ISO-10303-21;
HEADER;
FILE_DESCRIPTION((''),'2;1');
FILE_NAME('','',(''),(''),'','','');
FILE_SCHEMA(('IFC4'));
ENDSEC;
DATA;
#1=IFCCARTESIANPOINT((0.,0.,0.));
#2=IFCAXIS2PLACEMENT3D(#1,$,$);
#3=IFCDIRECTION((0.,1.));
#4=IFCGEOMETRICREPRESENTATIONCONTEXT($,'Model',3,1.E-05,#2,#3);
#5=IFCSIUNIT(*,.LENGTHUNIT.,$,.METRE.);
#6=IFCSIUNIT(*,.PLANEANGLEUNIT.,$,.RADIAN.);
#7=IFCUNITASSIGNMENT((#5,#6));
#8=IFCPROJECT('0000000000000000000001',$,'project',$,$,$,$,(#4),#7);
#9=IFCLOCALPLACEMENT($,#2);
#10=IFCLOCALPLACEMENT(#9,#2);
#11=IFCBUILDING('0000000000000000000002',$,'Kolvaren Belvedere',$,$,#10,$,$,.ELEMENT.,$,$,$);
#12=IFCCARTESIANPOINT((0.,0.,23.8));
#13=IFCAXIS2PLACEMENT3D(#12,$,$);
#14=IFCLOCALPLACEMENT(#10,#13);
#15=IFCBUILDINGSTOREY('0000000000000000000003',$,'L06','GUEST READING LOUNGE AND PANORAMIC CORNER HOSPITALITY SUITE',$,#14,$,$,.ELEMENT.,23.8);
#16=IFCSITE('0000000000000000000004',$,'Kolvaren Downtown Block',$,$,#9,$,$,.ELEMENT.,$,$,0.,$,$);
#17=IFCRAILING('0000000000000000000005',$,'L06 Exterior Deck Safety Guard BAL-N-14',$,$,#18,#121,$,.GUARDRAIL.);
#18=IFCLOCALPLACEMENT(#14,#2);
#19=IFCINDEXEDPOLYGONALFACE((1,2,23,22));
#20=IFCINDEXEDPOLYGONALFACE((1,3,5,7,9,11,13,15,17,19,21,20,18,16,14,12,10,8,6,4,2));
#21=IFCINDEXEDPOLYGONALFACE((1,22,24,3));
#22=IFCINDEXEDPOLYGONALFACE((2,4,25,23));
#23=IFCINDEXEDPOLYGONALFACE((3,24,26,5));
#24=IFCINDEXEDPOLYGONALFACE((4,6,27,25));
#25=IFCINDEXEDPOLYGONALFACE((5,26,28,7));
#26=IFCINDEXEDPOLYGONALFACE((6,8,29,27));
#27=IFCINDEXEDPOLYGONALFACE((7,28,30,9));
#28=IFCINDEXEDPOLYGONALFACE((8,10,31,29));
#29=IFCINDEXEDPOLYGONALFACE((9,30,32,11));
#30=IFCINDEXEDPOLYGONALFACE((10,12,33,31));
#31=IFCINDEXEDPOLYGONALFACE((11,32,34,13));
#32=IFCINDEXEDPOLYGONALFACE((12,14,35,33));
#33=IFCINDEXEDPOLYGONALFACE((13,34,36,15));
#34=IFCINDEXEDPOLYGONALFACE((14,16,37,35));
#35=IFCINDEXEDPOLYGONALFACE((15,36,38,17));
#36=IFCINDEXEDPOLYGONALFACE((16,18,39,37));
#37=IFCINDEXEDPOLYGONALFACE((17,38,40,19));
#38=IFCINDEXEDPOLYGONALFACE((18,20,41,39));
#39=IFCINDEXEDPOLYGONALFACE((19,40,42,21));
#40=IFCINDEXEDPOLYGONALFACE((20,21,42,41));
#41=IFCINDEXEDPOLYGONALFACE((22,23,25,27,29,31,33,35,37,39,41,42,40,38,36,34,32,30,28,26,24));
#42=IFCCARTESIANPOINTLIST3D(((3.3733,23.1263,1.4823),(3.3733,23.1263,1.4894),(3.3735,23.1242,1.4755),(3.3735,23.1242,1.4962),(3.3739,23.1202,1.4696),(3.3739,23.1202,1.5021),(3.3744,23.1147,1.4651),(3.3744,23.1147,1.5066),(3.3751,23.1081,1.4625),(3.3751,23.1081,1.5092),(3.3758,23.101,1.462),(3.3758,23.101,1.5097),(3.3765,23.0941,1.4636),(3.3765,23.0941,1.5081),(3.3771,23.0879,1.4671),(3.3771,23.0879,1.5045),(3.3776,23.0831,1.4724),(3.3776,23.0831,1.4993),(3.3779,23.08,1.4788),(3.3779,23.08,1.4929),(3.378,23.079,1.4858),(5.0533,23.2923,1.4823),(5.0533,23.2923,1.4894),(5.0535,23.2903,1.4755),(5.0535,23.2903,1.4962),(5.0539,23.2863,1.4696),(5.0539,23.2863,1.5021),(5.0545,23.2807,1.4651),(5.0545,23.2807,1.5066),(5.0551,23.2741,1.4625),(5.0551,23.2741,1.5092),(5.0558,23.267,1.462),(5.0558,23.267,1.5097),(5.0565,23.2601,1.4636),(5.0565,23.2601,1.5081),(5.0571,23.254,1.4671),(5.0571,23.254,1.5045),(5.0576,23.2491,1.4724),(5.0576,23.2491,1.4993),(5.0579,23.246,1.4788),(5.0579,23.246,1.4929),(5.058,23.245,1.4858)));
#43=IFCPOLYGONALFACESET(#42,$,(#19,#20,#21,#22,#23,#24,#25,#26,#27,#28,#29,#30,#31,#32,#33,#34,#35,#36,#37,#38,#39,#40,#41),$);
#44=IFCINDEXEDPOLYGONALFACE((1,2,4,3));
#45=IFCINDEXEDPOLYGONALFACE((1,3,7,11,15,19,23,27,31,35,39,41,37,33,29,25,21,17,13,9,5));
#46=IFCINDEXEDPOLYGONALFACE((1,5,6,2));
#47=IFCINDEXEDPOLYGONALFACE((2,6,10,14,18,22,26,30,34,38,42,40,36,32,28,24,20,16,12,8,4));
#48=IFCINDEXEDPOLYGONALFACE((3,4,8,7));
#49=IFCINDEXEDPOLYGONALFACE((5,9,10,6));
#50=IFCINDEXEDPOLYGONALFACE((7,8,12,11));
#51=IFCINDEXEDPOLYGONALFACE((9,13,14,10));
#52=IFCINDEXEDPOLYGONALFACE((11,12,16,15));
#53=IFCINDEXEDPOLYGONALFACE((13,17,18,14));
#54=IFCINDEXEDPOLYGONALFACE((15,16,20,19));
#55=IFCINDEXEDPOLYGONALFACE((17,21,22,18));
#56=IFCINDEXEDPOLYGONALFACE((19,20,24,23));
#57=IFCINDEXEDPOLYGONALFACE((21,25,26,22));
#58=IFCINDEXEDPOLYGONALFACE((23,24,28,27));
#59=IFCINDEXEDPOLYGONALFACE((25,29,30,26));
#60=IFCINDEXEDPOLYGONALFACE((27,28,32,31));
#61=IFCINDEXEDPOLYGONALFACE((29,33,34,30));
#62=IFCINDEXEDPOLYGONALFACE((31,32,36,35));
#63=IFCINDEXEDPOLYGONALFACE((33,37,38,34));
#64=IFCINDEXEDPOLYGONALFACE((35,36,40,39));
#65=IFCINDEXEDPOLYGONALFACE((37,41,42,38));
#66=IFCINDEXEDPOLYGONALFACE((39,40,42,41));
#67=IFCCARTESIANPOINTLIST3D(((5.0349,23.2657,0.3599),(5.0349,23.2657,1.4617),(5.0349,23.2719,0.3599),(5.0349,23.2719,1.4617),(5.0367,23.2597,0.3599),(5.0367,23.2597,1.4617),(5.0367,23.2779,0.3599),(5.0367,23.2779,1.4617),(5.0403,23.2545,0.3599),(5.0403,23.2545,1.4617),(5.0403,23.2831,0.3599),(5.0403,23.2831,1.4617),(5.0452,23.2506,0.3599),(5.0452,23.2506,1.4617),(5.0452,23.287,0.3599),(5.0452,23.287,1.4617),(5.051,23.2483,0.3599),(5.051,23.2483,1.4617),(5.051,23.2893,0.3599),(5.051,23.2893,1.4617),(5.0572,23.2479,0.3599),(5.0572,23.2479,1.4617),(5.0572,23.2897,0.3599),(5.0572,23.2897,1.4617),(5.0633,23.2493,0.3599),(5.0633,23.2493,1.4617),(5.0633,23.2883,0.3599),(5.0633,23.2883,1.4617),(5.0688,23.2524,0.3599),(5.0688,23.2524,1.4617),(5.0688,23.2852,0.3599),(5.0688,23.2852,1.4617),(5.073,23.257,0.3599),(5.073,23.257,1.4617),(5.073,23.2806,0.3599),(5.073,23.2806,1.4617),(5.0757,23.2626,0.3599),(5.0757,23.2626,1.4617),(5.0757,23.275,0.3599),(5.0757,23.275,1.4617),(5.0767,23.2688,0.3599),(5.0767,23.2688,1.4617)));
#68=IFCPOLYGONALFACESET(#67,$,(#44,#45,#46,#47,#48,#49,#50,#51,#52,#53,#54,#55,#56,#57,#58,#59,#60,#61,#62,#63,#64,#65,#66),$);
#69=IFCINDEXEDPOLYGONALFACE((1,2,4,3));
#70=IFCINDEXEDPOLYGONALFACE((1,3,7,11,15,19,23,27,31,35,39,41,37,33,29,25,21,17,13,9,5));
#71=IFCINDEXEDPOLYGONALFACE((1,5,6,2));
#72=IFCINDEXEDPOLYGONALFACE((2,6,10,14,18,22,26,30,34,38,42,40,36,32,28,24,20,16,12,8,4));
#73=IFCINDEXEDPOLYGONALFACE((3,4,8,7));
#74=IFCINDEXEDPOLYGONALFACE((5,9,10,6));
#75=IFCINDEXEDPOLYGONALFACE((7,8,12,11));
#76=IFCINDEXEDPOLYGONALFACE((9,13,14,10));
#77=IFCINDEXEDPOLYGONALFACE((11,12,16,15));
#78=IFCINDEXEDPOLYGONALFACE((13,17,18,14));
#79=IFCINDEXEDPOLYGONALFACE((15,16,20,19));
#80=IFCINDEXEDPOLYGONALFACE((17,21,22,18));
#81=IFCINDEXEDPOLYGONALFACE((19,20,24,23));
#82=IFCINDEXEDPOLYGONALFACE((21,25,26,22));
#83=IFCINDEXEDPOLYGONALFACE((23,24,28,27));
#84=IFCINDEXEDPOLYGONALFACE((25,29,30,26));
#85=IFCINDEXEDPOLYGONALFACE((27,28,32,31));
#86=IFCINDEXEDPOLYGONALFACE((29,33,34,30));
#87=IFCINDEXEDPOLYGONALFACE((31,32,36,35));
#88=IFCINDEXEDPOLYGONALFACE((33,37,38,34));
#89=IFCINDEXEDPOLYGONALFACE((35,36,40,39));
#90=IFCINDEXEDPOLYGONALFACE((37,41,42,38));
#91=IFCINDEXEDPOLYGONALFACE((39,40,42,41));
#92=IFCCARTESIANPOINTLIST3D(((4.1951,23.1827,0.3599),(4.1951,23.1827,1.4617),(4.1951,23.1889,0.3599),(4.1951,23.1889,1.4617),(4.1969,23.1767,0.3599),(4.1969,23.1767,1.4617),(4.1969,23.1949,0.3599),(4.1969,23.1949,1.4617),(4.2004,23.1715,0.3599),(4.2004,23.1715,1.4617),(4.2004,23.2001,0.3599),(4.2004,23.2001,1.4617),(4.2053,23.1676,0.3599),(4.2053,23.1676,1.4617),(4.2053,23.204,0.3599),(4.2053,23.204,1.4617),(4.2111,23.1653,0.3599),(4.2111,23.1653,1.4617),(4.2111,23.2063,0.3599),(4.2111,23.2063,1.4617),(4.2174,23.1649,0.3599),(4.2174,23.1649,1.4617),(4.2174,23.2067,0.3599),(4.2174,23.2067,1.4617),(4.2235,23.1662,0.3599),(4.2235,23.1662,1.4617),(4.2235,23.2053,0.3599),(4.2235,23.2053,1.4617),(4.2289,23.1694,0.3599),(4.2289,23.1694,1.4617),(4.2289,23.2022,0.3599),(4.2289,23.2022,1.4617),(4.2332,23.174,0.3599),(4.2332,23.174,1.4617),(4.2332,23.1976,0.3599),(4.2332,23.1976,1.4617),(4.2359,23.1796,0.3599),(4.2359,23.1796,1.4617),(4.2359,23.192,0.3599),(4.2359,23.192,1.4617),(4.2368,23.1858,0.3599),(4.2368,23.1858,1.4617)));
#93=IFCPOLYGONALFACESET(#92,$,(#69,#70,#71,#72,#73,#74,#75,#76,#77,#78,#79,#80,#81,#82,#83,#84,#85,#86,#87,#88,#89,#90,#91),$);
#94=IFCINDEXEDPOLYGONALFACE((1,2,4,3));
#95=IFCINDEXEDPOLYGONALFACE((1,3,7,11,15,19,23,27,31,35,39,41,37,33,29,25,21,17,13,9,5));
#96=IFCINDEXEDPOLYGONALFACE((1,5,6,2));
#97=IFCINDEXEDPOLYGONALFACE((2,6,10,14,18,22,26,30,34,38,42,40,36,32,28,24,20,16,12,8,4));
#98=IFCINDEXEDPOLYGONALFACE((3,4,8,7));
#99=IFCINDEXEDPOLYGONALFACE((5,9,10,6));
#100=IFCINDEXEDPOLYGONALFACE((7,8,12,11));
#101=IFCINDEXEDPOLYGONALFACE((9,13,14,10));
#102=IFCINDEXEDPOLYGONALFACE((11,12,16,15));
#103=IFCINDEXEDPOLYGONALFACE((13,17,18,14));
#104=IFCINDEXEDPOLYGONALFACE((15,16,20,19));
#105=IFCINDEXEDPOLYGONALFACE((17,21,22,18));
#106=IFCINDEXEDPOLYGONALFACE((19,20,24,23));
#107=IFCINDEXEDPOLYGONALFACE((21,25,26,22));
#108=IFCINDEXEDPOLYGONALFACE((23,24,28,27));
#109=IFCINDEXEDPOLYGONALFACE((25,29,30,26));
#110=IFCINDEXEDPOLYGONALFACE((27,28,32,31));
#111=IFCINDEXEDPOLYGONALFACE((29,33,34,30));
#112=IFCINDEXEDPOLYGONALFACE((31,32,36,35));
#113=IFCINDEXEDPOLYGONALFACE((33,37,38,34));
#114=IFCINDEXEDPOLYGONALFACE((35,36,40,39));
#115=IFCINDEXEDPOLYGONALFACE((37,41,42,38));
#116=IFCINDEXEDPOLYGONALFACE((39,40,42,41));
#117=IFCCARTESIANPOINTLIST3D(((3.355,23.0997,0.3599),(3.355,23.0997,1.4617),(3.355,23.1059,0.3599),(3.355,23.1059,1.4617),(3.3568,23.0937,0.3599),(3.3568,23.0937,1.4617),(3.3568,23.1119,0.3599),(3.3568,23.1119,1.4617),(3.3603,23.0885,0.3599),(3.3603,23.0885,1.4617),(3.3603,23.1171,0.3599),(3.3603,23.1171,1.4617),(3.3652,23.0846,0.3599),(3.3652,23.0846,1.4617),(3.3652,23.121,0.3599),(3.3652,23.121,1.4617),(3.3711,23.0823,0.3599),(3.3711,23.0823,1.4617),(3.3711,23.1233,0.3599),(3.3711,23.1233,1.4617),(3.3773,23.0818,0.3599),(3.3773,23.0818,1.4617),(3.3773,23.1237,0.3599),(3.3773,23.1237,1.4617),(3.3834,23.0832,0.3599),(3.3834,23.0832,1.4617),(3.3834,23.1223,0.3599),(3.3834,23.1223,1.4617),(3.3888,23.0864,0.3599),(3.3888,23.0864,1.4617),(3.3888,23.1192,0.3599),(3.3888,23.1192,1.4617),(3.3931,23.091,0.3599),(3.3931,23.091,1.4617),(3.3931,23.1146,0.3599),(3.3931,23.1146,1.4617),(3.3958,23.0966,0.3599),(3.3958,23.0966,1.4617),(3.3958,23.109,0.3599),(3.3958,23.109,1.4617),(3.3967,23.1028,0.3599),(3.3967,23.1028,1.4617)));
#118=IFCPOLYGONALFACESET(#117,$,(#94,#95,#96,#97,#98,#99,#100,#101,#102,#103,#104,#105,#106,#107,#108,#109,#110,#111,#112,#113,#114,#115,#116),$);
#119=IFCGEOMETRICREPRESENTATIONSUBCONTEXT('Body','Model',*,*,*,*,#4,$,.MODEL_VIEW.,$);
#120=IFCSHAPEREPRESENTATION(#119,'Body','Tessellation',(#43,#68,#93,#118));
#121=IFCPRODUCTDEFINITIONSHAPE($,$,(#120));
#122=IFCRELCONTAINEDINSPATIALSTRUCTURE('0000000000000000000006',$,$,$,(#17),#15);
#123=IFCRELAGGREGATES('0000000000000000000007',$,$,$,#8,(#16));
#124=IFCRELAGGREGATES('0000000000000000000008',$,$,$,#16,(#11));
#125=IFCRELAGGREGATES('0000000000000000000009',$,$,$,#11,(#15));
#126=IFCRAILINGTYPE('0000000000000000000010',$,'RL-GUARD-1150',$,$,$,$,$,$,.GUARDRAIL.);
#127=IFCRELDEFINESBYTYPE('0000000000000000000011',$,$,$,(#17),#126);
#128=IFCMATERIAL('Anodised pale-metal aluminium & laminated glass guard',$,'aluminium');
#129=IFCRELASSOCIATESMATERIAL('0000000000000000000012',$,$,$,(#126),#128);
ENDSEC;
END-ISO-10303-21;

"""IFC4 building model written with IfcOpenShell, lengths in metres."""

from ifc_helpers import new_model, si_unit, direction, frame, origin, origin_2d, place, context, subcontext, project, spatial, circle, extrude, material, type_object, element, save


model = new_model("IFC4")

# Units and contexts
model_context = context("Model", 3, precision=1e-05, world=origin(), true_north=direction((0.0, 1.0)))
body_context = subcontext(model_context, "Body", "Model", "MODEL_VIEW")
ifc_project = project(units=[si_unit("LENGTHUNIT", "METRE"), si_unit("PLANEANGLEUNIT", "RADIAN")], contexts=[model_context])

# Site, building, storey
site_placement = place(None, origin())
site = spatial("IfcSite", under=ifc_project, at=site_placement, Name="Kolvaren Downtown Block", CompositionType="ELEMENT", RefElevation=0.0)
building_placement = place(site_placement, origin())
building = spatial("IfcBuilding", under=site, at=building_placement, Name="Kolvaren Belvedere", CompositionType="ELEMENT")
storey_placement = place(building_placement, frame((0.0, 0.0, 23.8)))
storey = spatial("IfcBuildingStorey", under=building, at=storey_placement, Name="L06", Description="GUEST READING LOUNGE AND PANORAMIC CORNER HOSPITALITY SUITE", CompositionType="ELEMENT", Elevation=23.8)

# Railing
ifc_material_1 = material(Name="Anodised pale-metal aluminium & laminated glass guard", Category="aluminium")
railing_type = type_object("IfcRailingType", Name="RL-GUARD-1150", PredefinedType="GUARDRAIL", material=ifc_material_1)
railing_1_placement = place(storey_placement, frame((5.0557, 23.2688, 0.3599)))
element("IfcRailing", 1, at=railing_1_placement, inside=storey, type_object=railing_type, Name="L06 Exterior Deck Safety Guard BAL-N-14", PredefinedType="GUARDRAIL", context=body_context, shape_type="SweptSolid", body=[
    extrude(circle(Radius=0.0239, at=origin_2d()), frame((0.0, 0.0, 1.126), z_axis=(-0.995152, -0.098344, 0.0), x_axis=(0.098344, -0.995152, 0.0)), (0.0, 0.0, 1.0), 1.6882),
    extrude(circle(Radius=0.021, at=origin_2d()), origin(), (0.0, 0.0, 1.0), 1.1018),
    extrude(circle(Radius=0.021, at=origin_2d()), frame((-0.8398, -0.083, 0.0)), (0.0, 0.0, 1.0), 1.1018),
    extrude(circle(Radius=0.021, at=origin_2d()), frame((-1.6799, -0.166, 0.0)), (0.0, 0.0, 1.0), 1.1018),
])

save(model, "model.ifc")
